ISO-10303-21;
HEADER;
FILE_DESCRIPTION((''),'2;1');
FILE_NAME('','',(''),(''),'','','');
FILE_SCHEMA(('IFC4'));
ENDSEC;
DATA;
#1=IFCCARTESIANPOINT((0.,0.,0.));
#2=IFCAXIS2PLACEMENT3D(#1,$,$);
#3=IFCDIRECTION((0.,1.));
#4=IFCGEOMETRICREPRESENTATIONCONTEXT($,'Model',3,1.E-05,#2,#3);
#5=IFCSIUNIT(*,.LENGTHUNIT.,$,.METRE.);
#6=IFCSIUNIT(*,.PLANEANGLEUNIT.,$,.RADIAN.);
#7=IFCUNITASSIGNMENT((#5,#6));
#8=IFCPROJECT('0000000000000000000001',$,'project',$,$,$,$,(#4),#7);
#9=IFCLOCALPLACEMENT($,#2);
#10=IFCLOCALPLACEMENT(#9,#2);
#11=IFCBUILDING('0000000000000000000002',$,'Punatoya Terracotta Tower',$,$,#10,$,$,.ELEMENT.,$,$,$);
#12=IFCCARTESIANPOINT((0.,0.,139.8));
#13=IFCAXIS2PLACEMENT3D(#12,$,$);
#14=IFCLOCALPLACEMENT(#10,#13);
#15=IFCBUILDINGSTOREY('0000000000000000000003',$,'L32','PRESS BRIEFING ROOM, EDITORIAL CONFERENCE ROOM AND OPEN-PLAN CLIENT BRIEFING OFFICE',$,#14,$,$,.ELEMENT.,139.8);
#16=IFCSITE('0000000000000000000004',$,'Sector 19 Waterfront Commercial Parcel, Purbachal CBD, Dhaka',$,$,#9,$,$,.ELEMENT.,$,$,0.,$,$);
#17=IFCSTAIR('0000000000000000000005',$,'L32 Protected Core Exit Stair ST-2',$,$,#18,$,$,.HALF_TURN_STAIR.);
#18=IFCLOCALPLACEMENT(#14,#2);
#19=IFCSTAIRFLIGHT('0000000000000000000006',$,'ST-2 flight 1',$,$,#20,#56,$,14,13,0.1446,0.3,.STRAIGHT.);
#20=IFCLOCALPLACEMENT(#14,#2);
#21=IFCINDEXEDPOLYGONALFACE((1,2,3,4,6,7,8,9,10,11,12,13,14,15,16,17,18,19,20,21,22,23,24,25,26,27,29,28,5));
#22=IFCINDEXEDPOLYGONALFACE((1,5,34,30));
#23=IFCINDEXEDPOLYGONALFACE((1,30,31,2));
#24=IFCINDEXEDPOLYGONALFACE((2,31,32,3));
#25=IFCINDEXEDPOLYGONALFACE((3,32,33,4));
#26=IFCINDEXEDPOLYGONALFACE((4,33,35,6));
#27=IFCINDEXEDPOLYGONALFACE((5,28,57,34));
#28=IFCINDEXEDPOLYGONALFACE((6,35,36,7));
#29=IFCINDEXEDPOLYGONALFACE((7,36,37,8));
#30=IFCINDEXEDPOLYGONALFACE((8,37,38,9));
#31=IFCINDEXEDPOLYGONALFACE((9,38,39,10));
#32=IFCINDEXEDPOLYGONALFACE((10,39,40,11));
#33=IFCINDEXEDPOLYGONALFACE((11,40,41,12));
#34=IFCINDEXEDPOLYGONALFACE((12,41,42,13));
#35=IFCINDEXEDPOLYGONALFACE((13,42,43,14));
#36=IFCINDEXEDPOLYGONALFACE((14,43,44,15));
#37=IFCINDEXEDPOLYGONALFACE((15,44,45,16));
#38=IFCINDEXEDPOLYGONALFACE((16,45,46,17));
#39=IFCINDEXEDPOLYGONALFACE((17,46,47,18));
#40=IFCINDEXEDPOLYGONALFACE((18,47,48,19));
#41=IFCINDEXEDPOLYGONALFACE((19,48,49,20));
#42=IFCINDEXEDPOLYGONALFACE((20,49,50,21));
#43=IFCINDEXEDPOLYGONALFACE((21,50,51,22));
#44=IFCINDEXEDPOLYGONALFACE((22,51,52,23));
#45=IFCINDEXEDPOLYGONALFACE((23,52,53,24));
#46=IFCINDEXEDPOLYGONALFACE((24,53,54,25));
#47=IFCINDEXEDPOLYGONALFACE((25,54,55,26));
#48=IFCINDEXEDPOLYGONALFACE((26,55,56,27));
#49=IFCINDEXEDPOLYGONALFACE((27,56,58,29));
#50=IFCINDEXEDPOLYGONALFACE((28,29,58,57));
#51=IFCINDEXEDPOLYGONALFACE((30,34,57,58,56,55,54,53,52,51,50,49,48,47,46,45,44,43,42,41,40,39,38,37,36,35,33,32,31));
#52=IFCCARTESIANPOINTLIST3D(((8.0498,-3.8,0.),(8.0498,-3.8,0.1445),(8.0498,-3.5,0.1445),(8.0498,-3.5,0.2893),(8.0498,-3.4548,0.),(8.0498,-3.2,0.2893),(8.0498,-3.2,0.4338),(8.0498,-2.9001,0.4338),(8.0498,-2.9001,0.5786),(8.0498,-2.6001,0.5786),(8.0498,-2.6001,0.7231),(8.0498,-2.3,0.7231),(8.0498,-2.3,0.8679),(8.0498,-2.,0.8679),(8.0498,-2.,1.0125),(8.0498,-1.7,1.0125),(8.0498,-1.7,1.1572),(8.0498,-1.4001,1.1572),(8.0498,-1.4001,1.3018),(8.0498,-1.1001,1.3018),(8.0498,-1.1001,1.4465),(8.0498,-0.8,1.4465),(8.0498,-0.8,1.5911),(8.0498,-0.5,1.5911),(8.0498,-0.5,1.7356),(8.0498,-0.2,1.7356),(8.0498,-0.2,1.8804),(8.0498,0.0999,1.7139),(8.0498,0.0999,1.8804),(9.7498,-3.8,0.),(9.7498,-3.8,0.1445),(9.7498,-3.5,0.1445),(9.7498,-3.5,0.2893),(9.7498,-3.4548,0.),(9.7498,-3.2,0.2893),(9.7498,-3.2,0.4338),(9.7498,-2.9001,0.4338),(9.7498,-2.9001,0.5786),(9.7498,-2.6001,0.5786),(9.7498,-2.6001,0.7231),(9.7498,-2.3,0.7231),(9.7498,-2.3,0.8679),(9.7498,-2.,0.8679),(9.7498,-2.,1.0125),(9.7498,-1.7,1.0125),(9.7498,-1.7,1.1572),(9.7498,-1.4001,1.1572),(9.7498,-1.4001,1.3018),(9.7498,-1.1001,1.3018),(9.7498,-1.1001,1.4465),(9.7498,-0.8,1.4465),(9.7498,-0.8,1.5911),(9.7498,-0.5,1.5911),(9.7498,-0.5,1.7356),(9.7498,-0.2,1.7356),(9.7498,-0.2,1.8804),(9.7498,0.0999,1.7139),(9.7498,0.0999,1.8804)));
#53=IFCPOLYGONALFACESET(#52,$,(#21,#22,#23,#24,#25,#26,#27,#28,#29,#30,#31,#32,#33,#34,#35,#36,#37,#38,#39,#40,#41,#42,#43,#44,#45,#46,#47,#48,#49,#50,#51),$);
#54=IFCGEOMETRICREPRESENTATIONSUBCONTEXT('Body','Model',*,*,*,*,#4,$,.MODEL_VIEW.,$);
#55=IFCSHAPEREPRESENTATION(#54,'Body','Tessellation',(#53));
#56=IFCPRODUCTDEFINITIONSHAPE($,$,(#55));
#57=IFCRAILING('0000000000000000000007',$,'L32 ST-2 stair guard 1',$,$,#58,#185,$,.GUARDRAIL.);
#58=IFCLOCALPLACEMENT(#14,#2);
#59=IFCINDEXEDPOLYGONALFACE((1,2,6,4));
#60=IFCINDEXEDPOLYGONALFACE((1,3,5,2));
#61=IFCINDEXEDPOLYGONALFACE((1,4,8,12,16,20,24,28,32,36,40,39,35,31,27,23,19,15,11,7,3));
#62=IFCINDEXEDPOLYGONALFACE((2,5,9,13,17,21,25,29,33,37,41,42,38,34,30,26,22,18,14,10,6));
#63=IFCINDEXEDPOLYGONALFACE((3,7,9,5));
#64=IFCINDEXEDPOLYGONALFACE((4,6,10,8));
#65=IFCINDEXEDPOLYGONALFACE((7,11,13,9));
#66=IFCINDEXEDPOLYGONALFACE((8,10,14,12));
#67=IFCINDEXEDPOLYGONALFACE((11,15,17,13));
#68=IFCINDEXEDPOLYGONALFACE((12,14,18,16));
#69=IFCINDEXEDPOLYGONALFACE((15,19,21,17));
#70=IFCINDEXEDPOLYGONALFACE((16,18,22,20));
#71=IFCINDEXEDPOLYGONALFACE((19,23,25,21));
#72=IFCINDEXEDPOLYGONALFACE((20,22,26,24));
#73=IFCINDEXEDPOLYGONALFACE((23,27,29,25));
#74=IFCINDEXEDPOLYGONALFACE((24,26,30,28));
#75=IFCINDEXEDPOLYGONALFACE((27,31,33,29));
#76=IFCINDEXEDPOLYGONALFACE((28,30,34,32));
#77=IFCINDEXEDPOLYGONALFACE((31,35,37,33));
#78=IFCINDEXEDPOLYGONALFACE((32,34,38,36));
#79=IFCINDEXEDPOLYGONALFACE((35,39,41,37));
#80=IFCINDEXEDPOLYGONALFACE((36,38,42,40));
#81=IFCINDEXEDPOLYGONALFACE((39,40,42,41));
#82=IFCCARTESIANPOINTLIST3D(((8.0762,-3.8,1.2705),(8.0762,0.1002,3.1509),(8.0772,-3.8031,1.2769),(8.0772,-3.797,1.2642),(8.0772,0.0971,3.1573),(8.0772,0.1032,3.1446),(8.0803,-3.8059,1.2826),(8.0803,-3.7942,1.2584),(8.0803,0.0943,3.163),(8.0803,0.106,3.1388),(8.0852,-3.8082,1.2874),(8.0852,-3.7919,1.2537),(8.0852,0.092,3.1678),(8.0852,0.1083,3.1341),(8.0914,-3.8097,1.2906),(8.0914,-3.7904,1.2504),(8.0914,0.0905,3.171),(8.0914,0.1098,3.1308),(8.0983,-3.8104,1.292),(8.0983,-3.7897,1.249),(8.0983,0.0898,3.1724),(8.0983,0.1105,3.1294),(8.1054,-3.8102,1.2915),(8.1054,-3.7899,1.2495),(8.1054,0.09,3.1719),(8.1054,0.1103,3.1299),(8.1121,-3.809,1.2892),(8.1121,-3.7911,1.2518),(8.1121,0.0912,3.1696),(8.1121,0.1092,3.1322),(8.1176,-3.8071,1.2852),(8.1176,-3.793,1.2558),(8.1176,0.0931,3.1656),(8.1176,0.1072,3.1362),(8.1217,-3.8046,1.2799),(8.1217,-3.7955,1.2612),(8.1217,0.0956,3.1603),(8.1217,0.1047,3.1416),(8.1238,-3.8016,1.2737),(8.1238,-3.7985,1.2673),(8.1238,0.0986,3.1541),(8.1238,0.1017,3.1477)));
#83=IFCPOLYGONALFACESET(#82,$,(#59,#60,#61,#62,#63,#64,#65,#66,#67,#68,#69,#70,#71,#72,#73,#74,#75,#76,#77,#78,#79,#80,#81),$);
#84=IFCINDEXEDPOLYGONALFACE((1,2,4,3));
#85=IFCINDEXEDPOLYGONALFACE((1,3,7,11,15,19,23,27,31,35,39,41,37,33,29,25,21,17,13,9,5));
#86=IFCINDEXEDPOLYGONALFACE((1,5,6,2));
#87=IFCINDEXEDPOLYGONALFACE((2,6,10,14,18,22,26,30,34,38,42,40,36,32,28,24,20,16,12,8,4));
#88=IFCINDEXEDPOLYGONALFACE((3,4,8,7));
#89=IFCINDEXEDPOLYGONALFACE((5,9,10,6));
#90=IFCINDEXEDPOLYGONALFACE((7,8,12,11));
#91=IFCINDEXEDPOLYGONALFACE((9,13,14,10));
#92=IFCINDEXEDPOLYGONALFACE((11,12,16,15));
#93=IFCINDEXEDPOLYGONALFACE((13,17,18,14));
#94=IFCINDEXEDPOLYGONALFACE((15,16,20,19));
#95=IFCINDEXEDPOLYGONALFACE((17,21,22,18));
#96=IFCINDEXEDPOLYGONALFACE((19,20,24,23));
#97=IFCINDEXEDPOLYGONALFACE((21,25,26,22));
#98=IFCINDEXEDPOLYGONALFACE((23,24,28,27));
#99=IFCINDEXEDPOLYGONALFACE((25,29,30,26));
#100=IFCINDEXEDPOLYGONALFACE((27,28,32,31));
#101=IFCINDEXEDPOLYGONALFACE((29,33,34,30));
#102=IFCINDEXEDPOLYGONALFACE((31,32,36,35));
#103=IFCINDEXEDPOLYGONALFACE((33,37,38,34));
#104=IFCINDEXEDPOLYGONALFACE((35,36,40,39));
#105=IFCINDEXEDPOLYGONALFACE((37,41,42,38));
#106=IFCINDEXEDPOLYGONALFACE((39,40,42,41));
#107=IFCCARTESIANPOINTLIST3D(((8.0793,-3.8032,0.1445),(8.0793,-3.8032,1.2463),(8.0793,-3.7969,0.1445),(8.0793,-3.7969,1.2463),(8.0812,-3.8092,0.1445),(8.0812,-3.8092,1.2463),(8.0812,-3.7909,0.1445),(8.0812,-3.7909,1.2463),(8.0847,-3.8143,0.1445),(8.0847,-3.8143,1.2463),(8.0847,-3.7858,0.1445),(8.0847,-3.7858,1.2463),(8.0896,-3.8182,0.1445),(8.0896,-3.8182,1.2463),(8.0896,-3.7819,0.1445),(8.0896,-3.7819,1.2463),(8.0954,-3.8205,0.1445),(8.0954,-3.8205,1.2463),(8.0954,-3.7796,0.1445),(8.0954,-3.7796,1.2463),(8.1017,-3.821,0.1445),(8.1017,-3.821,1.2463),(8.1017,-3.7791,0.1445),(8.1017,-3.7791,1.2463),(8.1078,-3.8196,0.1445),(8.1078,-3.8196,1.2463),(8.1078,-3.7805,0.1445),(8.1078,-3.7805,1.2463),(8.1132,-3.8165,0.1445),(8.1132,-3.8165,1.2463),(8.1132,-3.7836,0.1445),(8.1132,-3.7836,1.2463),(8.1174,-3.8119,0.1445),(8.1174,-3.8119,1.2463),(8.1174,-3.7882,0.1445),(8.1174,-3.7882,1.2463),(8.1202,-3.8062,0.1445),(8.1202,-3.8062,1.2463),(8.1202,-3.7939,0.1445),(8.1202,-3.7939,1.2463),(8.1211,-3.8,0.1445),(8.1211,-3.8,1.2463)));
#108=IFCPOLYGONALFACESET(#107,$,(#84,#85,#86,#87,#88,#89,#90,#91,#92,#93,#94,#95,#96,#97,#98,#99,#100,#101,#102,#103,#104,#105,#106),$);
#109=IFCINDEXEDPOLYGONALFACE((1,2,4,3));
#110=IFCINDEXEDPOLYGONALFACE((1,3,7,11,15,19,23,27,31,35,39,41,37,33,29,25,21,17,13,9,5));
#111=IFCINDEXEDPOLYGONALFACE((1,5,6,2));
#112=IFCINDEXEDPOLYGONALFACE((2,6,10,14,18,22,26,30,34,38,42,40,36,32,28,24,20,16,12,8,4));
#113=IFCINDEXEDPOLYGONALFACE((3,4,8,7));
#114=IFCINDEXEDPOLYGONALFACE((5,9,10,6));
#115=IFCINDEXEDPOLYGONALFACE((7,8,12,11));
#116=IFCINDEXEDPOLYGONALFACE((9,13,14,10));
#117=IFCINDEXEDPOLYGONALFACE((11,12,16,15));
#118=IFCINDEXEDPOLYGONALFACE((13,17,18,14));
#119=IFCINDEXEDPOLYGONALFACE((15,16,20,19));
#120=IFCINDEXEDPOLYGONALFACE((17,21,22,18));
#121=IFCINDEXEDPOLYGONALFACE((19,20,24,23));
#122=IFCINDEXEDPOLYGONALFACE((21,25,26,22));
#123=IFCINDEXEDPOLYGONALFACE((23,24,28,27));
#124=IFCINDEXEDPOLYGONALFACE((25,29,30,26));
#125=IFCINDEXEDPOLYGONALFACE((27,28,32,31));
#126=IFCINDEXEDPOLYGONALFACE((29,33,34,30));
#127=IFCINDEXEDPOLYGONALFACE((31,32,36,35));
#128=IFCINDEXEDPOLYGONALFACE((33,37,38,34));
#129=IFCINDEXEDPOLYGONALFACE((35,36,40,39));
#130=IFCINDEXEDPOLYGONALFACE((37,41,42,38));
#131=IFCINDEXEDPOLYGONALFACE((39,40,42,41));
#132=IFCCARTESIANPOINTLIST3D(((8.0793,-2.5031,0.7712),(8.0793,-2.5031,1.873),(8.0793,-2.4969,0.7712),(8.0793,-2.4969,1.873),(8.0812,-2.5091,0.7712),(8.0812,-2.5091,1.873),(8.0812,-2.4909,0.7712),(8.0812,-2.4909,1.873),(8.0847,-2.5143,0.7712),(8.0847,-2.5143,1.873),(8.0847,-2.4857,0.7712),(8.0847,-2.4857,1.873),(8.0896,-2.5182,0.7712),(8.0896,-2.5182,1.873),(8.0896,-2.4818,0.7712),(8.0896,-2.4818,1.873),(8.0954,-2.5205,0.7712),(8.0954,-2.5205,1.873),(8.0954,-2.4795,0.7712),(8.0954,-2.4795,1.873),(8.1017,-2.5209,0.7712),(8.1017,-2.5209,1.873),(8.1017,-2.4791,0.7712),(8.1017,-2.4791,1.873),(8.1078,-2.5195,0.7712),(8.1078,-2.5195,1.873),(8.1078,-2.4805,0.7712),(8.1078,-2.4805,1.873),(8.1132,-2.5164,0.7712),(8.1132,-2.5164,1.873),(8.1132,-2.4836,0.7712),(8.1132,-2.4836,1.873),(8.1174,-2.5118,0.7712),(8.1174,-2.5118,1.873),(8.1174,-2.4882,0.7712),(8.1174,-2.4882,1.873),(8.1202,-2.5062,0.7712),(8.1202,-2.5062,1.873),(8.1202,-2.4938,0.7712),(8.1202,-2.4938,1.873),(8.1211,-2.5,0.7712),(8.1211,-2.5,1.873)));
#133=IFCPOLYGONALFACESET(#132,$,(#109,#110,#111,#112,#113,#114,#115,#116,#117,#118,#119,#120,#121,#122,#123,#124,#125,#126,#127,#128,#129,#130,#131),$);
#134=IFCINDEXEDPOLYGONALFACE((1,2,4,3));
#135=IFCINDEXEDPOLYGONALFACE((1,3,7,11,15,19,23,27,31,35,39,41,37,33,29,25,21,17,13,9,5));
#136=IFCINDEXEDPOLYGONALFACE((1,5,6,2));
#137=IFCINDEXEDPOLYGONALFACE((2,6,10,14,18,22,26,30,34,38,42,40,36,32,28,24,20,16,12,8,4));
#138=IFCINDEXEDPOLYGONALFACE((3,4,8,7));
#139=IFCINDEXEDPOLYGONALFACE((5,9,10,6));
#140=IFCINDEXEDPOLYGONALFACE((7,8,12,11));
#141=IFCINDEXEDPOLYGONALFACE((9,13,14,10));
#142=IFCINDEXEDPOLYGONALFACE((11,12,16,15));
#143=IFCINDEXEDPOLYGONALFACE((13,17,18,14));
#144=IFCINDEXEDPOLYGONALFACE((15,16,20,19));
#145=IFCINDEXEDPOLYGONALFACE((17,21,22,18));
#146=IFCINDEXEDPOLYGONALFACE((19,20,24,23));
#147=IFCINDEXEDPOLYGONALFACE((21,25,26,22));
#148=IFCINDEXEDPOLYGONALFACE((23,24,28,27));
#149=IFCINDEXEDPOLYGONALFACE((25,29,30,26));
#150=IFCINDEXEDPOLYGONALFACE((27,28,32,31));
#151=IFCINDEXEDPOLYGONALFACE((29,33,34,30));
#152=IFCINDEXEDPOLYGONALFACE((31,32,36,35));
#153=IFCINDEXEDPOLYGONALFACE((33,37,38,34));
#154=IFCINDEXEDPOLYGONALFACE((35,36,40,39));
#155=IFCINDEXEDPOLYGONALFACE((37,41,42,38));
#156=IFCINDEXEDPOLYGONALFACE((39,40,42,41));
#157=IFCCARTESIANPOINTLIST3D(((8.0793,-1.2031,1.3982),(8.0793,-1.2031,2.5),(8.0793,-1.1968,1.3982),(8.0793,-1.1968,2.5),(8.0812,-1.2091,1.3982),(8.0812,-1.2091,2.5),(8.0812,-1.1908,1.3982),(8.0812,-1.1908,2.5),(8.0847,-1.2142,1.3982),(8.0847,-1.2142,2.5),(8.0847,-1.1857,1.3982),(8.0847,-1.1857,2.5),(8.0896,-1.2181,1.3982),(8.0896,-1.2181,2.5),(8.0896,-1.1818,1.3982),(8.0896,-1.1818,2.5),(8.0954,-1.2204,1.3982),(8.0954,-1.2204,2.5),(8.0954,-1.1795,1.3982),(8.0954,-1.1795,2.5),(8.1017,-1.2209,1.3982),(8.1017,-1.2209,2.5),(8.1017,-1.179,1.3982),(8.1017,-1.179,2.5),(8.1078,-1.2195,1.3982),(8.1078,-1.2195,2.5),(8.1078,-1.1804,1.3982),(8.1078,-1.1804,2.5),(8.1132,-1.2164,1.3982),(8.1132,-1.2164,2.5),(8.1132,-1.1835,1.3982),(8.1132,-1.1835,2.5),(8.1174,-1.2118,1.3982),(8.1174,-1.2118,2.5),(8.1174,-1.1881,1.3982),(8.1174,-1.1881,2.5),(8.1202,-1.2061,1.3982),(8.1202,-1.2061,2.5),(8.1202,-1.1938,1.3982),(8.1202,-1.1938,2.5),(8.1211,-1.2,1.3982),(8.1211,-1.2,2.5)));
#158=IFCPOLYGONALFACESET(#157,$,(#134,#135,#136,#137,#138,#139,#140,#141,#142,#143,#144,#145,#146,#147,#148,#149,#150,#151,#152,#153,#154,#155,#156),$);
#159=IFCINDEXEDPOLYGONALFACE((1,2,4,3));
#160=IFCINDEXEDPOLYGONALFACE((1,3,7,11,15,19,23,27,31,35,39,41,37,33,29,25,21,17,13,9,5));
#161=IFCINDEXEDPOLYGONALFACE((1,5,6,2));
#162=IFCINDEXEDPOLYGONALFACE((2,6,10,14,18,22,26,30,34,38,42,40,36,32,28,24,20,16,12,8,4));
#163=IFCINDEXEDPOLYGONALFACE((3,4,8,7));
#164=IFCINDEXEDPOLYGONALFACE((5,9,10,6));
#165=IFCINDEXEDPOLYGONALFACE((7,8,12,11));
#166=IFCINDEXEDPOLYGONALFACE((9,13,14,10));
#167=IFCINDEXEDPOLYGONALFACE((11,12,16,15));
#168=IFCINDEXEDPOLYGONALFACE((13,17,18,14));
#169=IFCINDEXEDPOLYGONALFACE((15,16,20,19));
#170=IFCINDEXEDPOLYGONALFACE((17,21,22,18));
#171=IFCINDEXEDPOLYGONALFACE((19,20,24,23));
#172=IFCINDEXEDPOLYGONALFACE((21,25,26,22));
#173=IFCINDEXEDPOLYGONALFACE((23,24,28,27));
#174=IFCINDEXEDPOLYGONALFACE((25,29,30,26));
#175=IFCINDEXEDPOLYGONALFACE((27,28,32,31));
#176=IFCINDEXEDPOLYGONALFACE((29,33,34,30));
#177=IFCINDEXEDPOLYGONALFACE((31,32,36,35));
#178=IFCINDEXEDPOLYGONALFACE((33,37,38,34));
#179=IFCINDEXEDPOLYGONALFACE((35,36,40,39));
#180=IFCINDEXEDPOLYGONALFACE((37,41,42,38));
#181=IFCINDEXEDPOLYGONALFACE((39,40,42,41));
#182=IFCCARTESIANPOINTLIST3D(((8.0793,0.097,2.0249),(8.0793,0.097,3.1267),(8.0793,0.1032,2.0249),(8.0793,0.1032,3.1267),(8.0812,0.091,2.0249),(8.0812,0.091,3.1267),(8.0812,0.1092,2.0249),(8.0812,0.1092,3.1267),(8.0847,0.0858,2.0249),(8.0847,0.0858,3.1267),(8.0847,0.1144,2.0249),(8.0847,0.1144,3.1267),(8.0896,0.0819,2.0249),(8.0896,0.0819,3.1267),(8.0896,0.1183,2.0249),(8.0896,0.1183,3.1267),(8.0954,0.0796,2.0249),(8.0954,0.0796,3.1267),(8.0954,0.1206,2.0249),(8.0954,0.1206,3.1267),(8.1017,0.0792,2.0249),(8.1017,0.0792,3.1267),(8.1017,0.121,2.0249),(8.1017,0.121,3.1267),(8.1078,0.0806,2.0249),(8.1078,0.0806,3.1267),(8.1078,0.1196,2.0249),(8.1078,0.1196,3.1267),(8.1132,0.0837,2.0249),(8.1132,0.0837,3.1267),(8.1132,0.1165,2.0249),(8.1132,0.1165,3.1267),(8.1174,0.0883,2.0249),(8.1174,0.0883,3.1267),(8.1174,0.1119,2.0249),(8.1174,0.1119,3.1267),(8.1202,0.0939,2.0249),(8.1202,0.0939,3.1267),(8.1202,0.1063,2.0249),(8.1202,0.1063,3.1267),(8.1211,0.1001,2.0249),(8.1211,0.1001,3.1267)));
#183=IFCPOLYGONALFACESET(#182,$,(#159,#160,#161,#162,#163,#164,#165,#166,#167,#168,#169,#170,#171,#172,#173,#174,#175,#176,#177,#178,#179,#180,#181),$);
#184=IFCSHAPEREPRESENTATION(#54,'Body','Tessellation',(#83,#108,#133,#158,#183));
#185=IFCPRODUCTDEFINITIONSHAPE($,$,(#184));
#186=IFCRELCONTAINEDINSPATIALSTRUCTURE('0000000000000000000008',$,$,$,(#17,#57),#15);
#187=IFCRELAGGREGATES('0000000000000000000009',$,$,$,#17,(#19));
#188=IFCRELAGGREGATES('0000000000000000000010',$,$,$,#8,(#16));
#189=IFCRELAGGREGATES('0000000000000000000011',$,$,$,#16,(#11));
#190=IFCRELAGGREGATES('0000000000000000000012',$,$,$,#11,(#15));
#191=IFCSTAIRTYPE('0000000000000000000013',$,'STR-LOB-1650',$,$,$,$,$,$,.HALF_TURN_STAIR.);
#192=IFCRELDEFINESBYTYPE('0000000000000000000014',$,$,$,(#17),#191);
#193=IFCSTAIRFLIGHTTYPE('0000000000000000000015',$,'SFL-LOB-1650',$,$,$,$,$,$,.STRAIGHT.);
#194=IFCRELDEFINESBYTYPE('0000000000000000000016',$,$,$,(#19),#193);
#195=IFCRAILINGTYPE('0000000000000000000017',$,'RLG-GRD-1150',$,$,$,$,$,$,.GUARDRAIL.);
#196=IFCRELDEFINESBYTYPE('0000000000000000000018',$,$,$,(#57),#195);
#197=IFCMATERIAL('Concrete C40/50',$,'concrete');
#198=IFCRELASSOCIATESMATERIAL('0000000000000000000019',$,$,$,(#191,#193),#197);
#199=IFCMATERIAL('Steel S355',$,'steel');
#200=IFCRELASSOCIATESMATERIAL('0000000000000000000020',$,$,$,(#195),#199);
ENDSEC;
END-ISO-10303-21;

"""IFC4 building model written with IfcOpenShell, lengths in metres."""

from ifc_helpers import new_model, si_unit, direction, frame, origin, origin_2d, place, context, subcontext, project, spatial, polyline, circle, outline, extrude, material, type_object, element, aggregate, save


model = new_model("IFC4")

# Units and contexts
model_context = context("Model", 3, precision=1e-05, world=origin(), true_north=direction((0.0, 1.0)))
body_context = subcontext(model_context, "Body", "Model", "MODEL_VIEW")
ifc_project = project(units=[si_unit("LENGTHUNIT", "METRE"), si_unit("PLANEANGLEUNIT", "RADIAN")], contexts=[model_context])

# Site, building, storey
site_placement = place(None, origin())
site = spatial("IfcSite", under=ifc_project, at=site_placement, Name="Sector 19 Waterfront Commercial Parcel, Purbachal CBD, Dhaka", CompositionType="ELEMENT", RefElevation=0.0)
building_placement = place(site_placement, origin())
building = spatial("IfcBuilding", under=site, at=building_placement, Name="Punatoya Terracotta Tower", CompositionType="ELEMENT")
storey_placement = place(building_placement, frame((0.0, 0.0, 139.8)))
storey = spatial("IfcBuildingStorey", under=building, at=storey_placement, Name="L32", Description="PRESS BRIEFING ROOM, EDITORIAL CONFERENCE ROOM AND OPEN-PLAN CLIENT BRIEFING OFFICE", CompositionType="ELEMENT", Elevation=139.8)

# Stair, stair flight
ifc_material_1 = material(Name="Concrete C40/50", Category="concrete")
stair_type = type_object("IfcStairType", Name="STR-LOB-1650", PredefinedType="HALF_TURN_STAIR", material=ifc_material_1)
stair_placement = place(storey_placement, origin())
stair = element("IfcStair", 1, at=stair_placement, inside=storey, type_object=stair_type, Name="L32 Protected Core Exit Stair ST-2", PredefinedType="HALF_TURN_STAIR")
stair_flight_type = type_object("IfcStairFlightType", Name="SFL-LOB-1650", PredefinedType="STRAIGHT", material=ifc_material_1)
stair_flight_placement = place(storey_placement, frame((8.8999, -3.8, 0.0), z_axis=(0.0, 0.0, 1.0), x_axis=(0.0, 1.0, 0.0)))
stair_flight = element("IfcStairFlight", 2, at=stair_flight_placement, type_object=stair_flight_type, Name="ST-2 flight 1", NumberOfRisers=14, NumberOfTreads=13, PredefinedType="STRAIGHT", RiserHeight=0.1446, TreadLength=0.3, context=body_context, shape_type="SweptSolid", body=[
    extrude(outline(polyline([(0.0, 0.0), (0.0, 0.1445), (0.3, 0.1445), (0.3, 0.2893), (0.6001, 0.2893), (0.6001, 0.4338), (0.8999, 0.4338), (0.8999, 0.5786), (1.2, 0.5786), (1.2, 0.7231), (1.5, 0.7231), (1.5, 0.8679), (1.8, 0.8679), (1.8, 1.0125), (2.1001, 1.0125), (2.1001, 1.1572), (2.3999, 1.1572), (2.3999, 1.3018), (2.7, 1.3018), (2.7, 1.4465), (3.0, 1.4465), (3.0, 1.5911), (3.3, 1.5911), (3.3, 1.7356), (3.6001, 1.7356), (3.6001, 1.8804), (3.8999, 1.8804), (3.8999, 2.0249), (3.8999, 1.7139), (0.3452, 0.0), (0.0, 0.0)])), frame((0.0, 0.8501, 0.0), z_axis=(0.0, -1.0, 0.0), x_axis=(1.0, 0.0, 0.0)), (0.0, 0.0, 1.0), 1.7),
])
aggregate(stair, [stair_flight])

# Railing
ifc_material_2 = material(Name="Steel S355", Category="steel")
railing_type_1 = type_object("IfcRailingType", Name="RLG-GRD-1150", PredefinedType="GUARDRAIL", material=ifc_material_2)
railing_1_placement = place(storey_placement, frame((8.1001, -3.8, 0.1445)))
element("IfcRailing", 3, at=railing_1_placement, inside=storey, type_object=railing_type_1, Name="L32 ST-2 stair guard 1", PredefinedType="GUARDRAIL", context=body_context, shape_type="SweptSolid", body=[
    extrude(circle(Radius=0.0239, at=origin_2d()), frame((0.0, 0.0, 1.126), z_axis=(0.0, 0.900774, 0.434289), x_axis=(-1.0, 0.0, 0.0)), (0.0, 0.0, 1.0), 4.3298),
    extrude(circle(Radius=0.021, at=origin_2d()), origin(), (0.0, 0.0, 1.0), 1.1018),
    extrude(circle(Radius=0.021, at=origin_2d()), frame((0.0, 1.3, 0.6267)), (0.0, 0.0, 1.0), 1.1018),
    extrude(circle(Radius=0.021, at=origin_2d()), frame((0.0, 2.6001, 1.2537)), (0.0, 0.0, 1.0), 1.1018),
    extrude(circle(Radius=0.021, at=origin_2d()), frame((0.0, 3.9001, 1.8804)), (0.0, 0.0, 1.0), 1.1018),
])

save(model, "model.ifc")
